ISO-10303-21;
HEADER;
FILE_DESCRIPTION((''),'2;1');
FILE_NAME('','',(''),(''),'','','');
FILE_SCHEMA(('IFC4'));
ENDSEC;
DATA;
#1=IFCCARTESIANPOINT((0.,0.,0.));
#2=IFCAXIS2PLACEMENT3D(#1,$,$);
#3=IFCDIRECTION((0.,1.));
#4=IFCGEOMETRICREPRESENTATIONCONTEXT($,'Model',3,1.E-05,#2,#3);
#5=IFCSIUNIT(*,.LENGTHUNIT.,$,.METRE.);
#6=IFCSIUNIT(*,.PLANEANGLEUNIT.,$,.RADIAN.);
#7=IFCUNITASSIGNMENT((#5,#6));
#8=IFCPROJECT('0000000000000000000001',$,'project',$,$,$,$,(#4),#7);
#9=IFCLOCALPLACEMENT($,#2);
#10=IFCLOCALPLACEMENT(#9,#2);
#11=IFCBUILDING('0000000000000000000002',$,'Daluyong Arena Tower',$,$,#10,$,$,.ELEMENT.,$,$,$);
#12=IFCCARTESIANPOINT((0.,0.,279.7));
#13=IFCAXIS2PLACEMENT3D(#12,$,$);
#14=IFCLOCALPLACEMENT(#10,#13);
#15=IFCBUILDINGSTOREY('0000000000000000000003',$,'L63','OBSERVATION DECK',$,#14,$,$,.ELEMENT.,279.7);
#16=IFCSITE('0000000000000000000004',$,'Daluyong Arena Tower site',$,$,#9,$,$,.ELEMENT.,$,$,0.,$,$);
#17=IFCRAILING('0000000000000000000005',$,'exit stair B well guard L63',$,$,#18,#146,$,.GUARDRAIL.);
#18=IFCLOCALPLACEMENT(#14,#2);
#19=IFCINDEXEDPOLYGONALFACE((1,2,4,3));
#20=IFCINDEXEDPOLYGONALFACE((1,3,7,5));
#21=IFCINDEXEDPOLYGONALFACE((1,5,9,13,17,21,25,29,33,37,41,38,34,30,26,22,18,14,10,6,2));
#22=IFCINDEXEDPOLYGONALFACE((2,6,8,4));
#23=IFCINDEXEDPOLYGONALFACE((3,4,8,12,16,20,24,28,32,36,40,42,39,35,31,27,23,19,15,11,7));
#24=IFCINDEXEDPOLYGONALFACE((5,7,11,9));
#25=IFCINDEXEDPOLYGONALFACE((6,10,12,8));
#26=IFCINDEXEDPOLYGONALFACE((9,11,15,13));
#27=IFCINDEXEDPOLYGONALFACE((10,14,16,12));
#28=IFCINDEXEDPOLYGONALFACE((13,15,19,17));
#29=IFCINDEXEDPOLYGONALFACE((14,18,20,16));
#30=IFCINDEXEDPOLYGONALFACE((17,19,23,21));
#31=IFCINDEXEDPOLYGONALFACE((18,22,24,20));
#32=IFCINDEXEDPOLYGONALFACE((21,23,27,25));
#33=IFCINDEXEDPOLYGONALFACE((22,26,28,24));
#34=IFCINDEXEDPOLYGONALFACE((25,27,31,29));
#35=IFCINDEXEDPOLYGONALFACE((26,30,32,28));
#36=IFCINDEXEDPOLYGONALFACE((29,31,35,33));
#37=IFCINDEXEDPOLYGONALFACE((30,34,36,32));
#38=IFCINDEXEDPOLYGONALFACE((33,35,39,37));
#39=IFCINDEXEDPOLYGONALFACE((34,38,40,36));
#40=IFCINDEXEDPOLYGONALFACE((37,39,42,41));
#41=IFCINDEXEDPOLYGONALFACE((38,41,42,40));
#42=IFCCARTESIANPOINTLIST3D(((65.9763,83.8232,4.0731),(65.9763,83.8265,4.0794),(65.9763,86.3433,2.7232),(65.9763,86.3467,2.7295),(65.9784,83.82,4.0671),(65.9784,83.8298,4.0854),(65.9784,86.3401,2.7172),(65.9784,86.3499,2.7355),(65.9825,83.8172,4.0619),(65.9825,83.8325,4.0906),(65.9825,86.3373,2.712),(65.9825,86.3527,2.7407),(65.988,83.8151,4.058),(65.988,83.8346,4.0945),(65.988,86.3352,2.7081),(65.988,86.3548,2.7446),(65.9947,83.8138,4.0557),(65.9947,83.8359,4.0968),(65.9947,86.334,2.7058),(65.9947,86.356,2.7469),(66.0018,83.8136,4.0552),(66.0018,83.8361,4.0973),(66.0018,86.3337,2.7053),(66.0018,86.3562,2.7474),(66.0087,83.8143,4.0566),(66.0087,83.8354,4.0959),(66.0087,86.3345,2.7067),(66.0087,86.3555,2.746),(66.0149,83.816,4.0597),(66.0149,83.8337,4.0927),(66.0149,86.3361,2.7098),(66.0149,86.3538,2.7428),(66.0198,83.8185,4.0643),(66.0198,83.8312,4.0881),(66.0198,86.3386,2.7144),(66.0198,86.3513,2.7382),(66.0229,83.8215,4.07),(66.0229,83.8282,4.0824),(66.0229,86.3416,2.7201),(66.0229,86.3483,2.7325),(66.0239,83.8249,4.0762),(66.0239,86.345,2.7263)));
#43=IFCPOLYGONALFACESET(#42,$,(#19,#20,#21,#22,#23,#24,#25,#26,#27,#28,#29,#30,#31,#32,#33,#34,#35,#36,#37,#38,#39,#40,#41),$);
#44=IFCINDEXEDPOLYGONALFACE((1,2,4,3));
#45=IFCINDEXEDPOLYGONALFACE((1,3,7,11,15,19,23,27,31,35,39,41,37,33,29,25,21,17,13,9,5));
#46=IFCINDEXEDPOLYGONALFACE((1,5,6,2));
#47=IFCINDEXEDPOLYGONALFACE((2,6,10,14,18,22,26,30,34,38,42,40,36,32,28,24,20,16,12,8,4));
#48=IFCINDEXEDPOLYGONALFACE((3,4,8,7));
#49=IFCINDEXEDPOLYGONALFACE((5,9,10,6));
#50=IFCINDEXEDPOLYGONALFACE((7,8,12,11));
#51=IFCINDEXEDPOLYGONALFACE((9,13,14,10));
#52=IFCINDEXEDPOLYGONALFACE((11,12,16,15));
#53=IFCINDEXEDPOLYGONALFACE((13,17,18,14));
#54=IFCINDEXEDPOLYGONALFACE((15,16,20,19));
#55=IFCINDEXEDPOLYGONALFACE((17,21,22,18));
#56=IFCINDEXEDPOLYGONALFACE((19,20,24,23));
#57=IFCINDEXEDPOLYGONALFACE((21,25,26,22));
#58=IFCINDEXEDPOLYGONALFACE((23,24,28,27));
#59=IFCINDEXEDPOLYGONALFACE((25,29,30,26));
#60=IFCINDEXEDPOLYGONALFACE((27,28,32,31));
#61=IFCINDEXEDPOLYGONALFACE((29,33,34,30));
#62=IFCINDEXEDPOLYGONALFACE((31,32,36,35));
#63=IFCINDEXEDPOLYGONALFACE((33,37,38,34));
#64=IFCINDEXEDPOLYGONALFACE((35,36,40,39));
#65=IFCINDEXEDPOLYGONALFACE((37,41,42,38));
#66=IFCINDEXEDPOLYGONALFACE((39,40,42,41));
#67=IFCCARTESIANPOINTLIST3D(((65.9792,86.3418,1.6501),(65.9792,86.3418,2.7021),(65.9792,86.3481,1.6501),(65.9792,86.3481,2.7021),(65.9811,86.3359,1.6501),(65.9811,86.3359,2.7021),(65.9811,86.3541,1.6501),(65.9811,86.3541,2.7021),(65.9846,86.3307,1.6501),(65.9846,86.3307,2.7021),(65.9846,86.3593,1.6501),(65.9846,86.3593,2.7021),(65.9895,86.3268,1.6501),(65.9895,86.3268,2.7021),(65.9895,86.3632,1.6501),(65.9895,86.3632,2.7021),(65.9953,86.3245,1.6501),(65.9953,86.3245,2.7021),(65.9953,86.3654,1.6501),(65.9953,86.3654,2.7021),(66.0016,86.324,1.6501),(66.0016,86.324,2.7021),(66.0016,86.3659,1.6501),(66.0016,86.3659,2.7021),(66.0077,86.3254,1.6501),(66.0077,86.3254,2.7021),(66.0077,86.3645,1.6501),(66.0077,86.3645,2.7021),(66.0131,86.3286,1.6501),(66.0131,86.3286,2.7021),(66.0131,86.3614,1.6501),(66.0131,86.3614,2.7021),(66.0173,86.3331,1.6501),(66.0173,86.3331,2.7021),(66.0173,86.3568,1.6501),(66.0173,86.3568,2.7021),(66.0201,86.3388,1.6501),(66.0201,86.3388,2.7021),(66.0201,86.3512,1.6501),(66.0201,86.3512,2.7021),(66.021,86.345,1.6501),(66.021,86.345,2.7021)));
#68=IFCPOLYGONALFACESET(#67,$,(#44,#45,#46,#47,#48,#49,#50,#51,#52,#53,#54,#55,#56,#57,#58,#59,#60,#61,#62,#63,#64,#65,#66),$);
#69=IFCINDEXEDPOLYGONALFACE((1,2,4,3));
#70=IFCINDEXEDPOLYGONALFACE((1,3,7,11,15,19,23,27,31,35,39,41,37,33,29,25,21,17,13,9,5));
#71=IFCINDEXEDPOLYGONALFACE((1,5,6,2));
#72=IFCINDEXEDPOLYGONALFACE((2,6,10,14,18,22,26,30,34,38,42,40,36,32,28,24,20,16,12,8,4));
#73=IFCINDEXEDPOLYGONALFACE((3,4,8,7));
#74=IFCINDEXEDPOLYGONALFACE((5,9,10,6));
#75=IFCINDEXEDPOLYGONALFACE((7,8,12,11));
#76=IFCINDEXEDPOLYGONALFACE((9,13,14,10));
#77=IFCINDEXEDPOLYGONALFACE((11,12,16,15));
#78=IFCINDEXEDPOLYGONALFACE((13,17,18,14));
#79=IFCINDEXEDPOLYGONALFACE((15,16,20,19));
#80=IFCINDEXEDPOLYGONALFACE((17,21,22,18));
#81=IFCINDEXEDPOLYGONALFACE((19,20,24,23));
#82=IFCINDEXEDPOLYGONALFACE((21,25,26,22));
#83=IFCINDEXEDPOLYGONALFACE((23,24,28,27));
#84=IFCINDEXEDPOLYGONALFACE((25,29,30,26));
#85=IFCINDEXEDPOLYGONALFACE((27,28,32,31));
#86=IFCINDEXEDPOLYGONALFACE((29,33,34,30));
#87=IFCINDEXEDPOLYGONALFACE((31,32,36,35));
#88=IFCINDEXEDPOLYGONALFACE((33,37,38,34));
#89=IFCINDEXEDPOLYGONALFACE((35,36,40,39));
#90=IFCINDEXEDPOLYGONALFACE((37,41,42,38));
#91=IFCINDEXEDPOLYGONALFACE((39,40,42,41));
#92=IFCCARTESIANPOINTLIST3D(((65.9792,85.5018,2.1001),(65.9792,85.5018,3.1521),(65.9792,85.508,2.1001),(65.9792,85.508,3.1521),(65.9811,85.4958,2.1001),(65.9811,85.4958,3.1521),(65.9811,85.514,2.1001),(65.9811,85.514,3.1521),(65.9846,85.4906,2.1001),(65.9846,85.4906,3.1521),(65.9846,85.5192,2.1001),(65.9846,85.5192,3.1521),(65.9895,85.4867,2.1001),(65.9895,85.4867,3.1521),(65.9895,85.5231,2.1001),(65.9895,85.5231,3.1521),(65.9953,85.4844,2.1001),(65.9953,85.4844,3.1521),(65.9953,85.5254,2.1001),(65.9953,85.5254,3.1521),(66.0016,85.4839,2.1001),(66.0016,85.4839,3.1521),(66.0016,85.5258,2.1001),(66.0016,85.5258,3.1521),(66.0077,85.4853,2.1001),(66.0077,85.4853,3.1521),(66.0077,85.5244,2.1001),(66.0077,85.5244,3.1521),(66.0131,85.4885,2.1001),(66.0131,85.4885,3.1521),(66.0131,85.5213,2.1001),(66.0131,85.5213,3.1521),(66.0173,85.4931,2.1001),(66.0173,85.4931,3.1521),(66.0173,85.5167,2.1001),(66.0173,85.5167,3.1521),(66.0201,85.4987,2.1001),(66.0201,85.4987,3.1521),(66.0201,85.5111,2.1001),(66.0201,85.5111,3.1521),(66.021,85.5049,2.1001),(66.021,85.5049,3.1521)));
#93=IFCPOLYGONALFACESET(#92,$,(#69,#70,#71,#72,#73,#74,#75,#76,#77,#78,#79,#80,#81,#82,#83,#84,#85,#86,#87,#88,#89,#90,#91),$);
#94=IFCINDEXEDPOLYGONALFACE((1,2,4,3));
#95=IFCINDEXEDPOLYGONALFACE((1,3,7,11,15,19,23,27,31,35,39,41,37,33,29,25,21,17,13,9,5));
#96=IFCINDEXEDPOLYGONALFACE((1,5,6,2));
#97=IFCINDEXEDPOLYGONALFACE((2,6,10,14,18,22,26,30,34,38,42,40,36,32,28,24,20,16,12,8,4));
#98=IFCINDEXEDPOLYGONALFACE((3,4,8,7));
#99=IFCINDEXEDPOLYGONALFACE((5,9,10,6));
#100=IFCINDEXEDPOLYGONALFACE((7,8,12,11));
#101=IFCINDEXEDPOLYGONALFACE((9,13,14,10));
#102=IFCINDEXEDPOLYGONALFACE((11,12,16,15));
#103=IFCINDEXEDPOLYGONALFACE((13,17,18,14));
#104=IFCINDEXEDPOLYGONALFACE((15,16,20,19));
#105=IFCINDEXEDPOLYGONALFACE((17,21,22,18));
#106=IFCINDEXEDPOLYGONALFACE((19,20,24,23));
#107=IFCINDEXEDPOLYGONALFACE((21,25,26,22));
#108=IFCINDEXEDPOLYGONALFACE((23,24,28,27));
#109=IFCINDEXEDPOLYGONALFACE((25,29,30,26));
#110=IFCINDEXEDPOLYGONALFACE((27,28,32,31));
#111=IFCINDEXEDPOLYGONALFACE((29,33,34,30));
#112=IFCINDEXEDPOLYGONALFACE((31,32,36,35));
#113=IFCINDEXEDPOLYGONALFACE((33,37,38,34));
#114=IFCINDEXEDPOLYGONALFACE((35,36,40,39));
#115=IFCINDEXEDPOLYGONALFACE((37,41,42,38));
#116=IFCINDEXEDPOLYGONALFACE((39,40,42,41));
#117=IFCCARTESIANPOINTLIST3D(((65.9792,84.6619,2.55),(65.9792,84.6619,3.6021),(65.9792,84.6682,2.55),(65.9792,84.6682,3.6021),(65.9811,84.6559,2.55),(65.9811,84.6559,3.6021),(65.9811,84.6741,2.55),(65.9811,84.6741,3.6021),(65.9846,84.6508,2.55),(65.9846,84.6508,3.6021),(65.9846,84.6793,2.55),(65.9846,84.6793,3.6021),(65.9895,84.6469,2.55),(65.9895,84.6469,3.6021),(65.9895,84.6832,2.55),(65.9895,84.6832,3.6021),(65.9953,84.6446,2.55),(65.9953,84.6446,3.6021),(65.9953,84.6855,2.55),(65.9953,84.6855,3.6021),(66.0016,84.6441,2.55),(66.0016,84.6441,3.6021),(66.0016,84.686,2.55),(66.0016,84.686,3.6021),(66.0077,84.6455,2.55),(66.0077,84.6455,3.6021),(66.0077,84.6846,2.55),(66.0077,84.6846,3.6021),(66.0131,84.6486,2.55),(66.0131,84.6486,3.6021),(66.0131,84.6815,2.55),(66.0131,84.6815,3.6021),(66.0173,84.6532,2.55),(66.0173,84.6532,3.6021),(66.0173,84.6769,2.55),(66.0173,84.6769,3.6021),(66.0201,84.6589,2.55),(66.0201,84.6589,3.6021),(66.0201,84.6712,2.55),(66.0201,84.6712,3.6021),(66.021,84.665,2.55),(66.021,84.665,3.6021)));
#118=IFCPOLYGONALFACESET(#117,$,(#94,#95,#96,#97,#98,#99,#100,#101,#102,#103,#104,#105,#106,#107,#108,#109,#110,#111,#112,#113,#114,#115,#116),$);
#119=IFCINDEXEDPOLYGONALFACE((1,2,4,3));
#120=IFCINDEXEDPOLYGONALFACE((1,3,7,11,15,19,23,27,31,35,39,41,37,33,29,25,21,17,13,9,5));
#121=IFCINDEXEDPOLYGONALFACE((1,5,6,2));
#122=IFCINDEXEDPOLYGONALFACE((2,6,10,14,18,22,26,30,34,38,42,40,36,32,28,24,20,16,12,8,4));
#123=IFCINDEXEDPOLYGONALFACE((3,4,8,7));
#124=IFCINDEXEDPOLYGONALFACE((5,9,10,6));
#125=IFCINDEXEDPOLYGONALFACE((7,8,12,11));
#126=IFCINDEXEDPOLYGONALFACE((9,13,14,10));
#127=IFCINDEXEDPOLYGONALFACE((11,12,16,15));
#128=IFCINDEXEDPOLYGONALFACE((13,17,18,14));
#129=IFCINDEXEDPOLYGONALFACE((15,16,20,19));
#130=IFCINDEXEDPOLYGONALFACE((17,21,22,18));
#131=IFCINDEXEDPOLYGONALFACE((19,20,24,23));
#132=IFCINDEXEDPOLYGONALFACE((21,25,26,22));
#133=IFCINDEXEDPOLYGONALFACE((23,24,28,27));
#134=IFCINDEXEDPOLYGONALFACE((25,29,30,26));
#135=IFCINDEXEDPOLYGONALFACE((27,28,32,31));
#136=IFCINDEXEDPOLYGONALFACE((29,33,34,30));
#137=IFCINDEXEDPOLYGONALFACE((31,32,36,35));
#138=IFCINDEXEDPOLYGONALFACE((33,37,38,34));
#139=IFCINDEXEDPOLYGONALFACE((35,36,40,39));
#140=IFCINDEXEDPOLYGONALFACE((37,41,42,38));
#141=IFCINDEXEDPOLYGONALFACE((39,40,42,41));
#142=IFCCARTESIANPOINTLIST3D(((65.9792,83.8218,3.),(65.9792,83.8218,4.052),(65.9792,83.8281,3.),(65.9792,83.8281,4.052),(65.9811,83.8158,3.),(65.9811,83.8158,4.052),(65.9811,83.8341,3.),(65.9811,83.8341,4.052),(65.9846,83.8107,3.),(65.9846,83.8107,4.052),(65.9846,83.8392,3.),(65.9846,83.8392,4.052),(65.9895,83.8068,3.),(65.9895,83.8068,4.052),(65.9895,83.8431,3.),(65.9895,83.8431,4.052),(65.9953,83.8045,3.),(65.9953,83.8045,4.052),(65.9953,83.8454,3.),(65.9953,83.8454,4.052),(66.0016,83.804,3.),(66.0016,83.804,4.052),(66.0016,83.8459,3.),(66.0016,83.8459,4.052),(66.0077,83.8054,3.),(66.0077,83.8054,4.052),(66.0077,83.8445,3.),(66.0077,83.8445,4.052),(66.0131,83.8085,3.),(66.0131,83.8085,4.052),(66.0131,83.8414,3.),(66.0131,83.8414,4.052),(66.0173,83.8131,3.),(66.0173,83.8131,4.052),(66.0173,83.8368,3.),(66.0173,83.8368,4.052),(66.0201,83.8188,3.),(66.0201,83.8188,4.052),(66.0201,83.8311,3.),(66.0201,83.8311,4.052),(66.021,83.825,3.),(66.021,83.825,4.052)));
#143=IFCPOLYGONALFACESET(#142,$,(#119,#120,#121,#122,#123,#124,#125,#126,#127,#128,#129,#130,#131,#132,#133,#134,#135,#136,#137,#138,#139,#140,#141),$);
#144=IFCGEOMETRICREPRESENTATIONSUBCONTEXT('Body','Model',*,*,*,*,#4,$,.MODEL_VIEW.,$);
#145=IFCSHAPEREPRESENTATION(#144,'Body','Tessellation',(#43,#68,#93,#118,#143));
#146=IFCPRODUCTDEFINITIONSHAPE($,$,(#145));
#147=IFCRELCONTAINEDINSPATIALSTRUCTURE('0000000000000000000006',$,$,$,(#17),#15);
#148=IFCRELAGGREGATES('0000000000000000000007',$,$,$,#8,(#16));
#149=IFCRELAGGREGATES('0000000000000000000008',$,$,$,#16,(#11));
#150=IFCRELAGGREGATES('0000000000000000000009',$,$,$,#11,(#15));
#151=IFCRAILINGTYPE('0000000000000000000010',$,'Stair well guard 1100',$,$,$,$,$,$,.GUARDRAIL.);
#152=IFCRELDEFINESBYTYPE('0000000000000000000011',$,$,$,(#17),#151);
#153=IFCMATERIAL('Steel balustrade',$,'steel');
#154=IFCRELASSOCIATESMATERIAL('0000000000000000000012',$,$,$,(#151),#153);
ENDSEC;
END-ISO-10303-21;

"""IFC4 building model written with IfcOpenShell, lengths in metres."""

from ifc_helpers import new_model, si_unit, direction, frame, origin, origin_2d, place, context, subcontext, project, spatial, circle, extrude, material, type_object, element, save


model = new_model("IFC4")

# Units and contexts
model_context = context("Model", 3, precision=1e-05, world=origin(), true_north=direction((0.0, 1.0)))
body_context = subcontext(model_context, "Body", "Model", "MODEL_VIEW")
ifc_project = project(units=[si_unit("LENGTHUNIT", "METRE"), si_unit("PLANEANGLEUNIT", "RADIAN")], contexts=[model_context])

# Site, building, storey
site_placement = place(None, origin())
site = spatial("IfcSite", under=ifc_project, at=site_placement, Name="Daluyong Arena Tower site", CompositionType="ELEMENT", RefElevation=0.0)
building_placement = place(site_placement, origin())
building = spatial("IfcBuilding", under=site, at=building_placement, Name="Daluyong Arena Tower", CompositionType="ELEMENT")
storey_placement = place(building_placement, frame((0.0, 0.0, 279.7)))
storey = spatial("IfcBuildingStorey", under=building, at=storey_placement, Name="L63", Description="OBSERVATION DECK", CompositionType="ELEMENT", Elevation=279.7)

# Railing
ifc_material_1 = material(Name="Steel balustrade", Category="steel")
railing_type_1 = type_object("IfcRailingType", Name="Stair well guard 1100", PredefinedType="GUARDRAIL", material=ifc_material_1)
railing_1_placement = place(storey_placement, frame((66.0, 86.345, 1.6501)))
element("IfcRailing", 1, at=railing_1_placement, inside=storey, type_object=railing_type_1, Name="exit stair B well guard L63", PredefinedType="GUARDRAIL", context=body_context, shape_type="SweptSolid", body=[
    extrude(circle(Radius=0.0239, at=origin_2d()), frame((0.0, 0.0, 1.0762), z_axis=(0.0, -0.881503, 0.472179), x_axis=(1.0, 0.0, 0.0)), (0.0, 0.0, 1.0), 2.8589),
    extrude(circle(Radius=0.021, at=origin_2d()), origin(), (0.0, 0.0, 1.0), 1.052),
    extrude(circle(Radius=0.021, at=origin_2d()), frame((0.0, -0.8401, 0.45)), (0.0, 0.0, 1.0), 1.052),
    extrude(circle(Radius=0.021, at=origin_2d()), frame((0.0, -1.6799, 0.8999)), (0.0, 0.0, 1.0), 1.052),
    extrude(circle(Radius=0.021, at=origin_2d()), frame((0.0, -2.52, 1.3499)), (0.0, 0.0, 1.0), 1.052),
])

save(model, "model.ifc")
